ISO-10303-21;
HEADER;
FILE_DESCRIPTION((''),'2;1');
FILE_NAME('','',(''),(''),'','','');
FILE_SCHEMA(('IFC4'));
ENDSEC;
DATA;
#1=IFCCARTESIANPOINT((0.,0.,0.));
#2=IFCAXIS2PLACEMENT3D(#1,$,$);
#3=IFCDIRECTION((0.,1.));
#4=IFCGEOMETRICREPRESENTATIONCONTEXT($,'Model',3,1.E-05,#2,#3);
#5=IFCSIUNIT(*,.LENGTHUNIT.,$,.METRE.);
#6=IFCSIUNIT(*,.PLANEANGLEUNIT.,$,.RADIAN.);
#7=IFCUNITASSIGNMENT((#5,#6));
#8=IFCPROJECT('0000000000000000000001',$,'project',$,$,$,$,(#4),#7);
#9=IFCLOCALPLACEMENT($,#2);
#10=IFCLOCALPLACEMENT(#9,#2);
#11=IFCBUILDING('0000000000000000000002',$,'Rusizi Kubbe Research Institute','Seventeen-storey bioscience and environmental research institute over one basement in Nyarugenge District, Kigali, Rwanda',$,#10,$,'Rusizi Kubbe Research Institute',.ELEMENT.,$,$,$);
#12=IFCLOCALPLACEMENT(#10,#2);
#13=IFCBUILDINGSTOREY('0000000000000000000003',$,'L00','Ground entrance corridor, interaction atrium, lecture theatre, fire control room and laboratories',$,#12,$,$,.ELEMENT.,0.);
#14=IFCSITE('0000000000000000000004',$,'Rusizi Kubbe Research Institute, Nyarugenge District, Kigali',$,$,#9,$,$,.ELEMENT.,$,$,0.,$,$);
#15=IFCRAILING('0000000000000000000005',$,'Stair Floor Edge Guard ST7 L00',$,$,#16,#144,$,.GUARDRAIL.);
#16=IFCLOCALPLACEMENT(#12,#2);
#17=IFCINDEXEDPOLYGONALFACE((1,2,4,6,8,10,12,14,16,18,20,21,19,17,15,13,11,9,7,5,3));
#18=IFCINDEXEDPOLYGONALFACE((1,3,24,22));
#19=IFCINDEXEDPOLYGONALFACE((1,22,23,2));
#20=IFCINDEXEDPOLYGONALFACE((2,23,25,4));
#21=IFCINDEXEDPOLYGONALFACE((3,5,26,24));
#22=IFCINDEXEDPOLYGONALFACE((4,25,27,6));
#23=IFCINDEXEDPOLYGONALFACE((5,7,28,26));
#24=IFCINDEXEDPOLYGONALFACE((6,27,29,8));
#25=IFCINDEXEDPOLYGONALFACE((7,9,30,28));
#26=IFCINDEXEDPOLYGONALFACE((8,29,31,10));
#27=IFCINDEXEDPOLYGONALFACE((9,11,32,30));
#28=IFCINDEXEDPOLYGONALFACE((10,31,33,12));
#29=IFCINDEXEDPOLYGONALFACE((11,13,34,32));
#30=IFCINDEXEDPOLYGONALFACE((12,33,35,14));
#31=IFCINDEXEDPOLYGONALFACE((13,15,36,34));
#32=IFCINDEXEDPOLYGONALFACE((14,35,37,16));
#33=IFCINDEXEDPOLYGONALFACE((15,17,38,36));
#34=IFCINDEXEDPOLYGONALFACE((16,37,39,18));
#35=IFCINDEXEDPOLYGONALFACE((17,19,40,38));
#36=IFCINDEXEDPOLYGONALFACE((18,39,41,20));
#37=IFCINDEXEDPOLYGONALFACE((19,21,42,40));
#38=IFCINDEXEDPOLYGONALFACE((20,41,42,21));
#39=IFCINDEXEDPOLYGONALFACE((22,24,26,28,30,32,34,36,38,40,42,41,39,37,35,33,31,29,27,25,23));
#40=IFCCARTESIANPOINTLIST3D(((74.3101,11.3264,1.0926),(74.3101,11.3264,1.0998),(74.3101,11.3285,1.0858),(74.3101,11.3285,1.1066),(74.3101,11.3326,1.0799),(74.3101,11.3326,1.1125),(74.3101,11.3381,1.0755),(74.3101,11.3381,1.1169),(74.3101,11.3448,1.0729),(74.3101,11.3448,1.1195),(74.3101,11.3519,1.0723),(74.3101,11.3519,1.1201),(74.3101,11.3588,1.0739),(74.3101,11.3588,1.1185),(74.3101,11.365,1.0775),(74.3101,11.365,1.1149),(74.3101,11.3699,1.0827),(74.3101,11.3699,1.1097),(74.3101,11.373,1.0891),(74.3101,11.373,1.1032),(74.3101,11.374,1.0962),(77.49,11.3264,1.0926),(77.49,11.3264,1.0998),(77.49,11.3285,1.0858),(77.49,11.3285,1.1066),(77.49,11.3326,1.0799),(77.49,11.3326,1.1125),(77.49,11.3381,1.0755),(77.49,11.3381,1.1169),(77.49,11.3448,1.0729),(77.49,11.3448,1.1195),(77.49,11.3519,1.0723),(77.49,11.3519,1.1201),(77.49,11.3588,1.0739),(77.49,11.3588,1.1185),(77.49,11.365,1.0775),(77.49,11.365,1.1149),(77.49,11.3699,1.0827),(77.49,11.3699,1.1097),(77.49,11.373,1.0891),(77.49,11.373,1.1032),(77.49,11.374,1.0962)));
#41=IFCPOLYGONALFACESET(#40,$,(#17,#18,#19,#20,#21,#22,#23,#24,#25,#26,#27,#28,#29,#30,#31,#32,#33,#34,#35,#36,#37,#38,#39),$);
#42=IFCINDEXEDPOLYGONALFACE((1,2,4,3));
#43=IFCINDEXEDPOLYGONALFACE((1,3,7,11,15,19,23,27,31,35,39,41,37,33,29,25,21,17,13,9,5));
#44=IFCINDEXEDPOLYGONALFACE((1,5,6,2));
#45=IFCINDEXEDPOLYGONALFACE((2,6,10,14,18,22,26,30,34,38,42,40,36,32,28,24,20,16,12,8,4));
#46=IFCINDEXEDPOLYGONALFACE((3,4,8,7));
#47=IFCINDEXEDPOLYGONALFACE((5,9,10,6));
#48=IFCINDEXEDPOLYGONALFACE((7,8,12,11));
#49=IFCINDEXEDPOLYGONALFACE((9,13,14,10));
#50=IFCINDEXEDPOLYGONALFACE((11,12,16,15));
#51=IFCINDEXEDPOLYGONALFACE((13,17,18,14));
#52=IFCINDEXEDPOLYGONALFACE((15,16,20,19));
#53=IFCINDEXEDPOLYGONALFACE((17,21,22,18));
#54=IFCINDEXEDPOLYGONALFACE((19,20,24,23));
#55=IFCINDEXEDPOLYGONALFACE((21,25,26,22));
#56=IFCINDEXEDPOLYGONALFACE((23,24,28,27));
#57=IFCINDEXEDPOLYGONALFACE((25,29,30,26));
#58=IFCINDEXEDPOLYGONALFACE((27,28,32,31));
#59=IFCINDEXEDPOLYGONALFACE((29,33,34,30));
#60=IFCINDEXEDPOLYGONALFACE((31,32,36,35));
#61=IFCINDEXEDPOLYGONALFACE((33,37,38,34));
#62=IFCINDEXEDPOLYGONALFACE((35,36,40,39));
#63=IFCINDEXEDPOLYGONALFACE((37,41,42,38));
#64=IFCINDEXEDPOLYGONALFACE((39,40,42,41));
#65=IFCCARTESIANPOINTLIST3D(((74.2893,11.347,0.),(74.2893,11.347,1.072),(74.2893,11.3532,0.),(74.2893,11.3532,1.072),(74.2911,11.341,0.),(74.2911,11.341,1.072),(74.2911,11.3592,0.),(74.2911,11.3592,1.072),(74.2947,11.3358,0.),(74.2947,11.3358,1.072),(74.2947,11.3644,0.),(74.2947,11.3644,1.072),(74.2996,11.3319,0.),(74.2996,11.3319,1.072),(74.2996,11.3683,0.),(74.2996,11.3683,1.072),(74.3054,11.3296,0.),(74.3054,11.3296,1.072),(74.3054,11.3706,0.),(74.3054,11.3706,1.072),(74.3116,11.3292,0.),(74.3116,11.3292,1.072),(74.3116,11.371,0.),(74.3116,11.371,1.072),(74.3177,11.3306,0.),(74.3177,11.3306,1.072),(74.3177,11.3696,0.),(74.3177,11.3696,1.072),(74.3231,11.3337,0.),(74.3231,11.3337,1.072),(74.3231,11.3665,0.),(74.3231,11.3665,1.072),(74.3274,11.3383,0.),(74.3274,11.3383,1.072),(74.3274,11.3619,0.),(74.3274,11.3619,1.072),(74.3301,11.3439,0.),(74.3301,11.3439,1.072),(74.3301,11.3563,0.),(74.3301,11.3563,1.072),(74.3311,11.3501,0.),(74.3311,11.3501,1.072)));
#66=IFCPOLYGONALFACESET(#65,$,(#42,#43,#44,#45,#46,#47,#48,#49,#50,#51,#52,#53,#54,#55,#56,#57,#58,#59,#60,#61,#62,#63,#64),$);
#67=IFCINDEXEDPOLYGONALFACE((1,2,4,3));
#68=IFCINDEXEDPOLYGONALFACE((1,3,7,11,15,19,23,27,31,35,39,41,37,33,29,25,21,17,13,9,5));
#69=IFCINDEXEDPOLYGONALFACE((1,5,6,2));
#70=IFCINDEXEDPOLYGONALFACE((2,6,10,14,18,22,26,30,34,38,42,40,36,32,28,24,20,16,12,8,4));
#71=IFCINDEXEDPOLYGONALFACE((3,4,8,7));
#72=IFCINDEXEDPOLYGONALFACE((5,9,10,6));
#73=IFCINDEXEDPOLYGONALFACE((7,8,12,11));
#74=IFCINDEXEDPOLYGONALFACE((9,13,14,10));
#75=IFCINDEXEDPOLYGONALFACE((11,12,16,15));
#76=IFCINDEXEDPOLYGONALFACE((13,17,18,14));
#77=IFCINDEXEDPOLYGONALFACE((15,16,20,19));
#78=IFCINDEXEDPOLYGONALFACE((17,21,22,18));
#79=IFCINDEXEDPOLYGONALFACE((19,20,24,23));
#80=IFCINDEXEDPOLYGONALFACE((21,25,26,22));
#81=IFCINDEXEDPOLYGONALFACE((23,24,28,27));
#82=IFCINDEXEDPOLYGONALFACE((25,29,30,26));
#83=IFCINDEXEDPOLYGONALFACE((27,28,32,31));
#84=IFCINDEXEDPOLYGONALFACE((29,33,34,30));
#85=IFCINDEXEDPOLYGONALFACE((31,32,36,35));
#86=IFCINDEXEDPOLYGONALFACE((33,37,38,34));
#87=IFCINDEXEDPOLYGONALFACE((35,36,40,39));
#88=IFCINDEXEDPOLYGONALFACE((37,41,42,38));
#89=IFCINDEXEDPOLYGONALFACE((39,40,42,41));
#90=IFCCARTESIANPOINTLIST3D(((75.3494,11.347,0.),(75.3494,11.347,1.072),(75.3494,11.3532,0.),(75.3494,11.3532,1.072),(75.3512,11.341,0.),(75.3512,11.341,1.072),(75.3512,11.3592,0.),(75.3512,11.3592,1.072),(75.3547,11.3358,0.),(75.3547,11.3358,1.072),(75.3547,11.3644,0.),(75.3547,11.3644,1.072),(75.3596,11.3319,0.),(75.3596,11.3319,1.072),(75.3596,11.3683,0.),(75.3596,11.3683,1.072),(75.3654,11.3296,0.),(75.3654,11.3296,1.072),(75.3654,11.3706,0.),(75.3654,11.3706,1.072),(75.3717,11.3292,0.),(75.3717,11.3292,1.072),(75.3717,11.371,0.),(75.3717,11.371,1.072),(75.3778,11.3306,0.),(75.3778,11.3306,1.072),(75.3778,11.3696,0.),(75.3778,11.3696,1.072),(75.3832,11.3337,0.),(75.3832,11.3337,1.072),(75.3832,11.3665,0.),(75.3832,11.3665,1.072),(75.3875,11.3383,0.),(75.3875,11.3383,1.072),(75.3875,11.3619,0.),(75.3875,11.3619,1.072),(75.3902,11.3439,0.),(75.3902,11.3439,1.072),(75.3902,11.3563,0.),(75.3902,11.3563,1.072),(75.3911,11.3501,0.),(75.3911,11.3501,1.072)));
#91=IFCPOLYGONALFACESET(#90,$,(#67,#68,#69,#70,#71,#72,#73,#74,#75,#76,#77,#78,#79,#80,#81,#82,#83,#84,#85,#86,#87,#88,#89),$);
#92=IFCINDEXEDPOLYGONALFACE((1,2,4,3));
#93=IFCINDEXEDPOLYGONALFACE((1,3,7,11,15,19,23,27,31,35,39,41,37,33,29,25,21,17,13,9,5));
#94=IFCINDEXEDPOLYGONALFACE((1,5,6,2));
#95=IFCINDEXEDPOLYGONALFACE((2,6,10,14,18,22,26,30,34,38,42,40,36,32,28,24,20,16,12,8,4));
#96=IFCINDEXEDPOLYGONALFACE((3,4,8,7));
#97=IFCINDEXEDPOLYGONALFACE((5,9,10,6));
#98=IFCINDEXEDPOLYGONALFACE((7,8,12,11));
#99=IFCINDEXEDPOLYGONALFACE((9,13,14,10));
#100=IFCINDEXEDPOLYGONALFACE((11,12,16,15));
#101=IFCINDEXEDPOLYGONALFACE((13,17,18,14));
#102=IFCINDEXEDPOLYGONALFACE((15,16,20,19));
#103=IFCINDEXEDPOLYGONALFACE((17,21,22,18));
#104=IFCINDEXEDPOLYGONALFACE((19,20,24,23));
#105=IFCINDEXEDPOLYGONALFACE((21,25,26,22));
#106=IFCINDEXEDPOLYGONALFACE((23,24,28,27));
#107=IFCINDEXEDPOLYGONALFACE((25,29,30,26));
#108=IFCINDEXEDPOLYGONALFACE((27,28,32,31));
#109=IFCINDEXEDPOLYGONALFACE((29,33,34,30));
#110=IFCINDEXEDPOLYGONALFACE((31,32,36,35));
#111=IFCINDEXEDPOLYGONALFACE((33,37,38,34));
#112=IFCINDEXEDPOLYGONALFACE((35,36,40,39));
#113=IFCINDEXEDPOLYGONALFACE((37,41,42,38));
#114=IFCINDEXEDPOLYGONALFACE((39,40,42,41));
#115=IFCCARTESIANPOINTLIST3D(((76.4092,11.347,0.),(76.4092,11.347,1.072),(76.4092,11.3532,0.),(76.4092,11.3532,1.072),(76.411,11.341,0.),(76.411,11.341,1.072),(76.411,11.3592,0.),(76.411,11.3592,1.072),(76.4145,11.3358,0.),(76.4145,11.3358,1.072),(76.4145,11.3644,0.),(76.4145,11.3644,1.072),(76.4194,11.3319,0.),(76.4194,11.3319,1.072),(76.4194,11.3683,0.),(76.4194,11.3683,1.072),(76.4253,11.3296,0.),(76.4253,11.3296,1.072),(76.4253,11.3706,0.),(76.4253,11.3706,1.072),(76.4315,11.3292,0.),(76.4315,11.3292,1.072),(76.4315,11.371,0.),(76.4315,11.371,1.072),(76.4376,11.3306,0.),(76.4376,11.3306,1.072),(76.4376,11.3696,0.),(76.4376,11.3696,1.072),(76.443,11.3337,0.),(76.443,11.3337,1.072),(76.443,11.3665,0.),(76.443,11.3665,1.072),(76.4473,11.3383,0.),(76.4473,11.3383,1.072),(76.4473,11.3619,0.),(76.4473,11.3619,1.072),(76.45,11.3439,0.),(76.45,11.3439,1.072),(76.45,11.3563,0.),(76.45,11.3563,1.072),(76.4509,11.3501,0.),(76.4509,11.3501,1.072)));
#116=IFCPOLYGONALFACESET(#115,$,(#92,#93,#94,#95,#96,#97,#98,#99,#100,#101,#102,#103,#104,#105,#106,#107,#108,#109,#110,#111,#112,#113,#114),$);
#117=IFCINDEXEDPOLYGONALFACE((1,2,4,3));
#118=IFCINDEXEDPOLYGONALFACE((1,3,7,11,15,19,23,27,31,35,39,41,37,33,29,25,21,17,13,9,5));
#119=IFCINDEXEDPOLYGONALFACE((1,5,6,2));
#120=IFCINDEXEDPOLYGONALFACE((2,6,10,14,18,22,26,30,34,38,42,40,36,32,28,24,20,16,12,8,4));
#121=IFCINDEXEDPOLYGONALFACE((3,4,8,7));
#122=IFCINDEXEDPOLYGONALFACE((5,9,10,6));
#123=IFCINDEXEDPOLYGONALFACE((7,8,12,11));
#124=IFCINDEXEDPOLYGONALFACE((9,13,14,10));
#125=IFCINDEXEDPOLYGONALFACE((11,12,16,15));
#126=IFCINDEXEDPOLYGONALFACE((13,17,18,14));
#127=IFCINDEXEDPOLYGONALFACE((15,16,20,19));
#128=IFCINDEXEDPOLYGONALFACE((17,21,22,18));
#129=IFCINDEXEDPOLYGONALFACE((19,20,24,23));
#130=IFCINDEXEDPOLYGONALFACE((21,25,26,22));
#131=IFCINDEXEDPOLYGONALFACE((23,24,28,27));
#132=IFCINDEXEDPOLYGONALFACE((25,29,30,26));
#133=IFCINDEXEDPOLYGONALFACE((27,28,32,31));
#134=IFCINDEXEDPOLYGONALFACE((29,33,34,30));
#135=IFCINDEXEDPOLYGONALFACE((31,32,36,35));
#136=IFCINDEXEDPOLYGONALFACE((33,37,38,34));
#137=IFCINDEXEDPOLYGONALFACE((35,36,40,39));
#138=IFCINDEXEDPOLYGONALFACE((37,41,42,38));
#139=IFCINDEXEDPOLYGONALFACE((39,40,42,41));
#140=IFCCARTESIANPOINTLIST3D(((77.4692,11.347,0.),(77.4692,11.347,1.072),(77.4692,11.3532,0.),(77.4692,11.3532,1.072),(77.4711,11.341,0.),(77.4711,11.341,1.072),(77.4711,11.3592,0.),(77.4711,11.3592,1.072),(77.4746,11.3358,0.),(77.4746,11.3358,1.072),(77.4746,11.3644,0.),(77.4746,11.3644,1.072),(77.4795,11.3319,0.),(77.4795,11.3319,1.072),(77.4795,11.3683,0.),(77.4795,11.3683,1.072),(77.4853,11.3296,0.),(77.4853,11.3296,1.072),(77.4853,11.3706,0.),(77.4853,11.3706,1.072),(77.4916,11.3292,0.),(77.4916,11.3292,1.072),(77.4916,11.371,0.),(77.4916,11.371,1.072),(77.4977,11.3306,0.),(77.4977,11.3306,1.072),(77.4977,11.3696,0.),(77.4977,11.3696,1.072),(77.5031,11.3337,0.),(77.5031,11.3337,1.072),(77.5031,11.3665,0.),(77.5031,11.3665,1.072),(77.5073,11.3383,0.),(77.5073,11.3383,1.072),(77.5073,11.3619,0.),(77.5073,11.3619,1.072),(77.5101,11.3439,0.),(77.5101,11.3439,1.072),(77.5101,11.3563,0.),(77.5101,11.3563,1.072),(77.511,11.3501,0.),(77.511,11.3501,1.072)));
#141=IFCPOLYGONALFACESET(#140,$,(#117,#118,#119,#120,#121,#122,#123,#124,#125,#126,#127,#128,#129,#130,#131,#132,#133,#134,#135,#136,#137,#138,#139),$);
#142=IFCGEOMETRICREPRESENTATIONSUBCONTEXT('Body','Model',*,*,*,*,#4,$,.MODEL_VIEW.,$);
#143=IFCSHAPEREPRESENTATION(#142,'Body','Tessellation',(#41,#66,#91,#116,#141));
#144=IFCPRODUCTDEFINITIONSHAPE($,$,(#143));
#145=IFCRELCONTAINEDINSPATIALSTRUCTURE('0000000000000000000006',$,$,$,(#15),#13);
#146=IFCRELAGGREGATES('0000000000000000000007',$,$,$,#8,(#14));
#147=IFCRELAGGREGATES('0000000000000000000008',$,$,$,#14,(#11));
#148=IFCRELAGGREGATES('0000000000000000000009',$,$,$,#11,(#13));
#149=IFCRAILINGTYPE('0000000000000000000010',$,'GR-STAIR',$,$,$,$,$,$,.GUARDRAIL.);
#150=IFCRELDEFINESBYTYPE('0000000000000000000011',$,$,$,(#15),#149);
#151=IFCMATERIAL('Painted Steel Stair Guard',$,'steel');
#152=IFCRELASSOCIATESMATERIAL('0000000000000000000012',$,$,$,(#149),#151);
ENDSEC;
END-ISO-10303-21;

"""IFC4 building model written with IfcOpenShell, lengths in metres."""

from ifc_helpers import new_model, si_unit, direction, frame, origin, origin_2d, place, context, subcontext, project, spatial, circle, extrude, material, type_object, element, save


model = new_model("IFC4")

# Units and contexts
model_context = context("Model", 3, precision=1e-05, world=origin(), true_north=direction((0.0, 1.0)))
body_context = subcontext(model_context, "Body", "Model", "MODEL_VIEW")
ifc_project = project(units=[si_unit("LENGTHUNIT", "METRE"), si_unit("PLANEANGLEUNIT", "RADIAN")], contexts=[model_context])

# Site, building, storey
site_placement = place(None, origin())
site = spatial("IfcSite", under=ifc_project, at=site_placement, Name="Rusizi Kubbe Research Institute, Nyarugenge District, Kigali", CompositionType="ELEMENT", RefElevation=0.0)
building_placement = place(site_placement, origin())
building = spatial("IfcBuilding", under=site, at=building_placement, Name="Rusizi Kubbe Research Institute", Description="Seventeen-storey bioscience and environmental research institute over one basement in Nyarugenge District, Kigali, Rwanda", LongName="Rusizi Kubbe Research Institute", CompositionType="ELEMENT")
storey_placement = place(building_placement, origin())
storey = spatial("IfcBuildingStorey", under=building, at=storey_placement, Name="L00", Description="Ground entrance corridor, interaction atrium, lecture theatre, fire control room and laboratories", CompositionType="ELEMENT", Elevation=0.0)

# Railing
ifc_material_1 = material(Name="Painted Steel Stair Guard", Category="steel")
railing_type_1 = type_object("IfcRailingType", Name="GR-STAIR", PredefinedType="GUARDRAIL", material=ifc_material_1)
railing_1_placement = place(storey_placement, frame((74.3101, 11.3501, 0.0)))
element("IfcRailing", 1, at=railing_1_placement, inside=storey, type_object=railing_type_1, Name="Stair Floor Edge Guard ST7 L00", PredefinedType="GUARDRAIL", context=body_context, shape_type="SweptSolid", body=[
    extrude(circle(Radius=0.0239, at=origin_2d()), frame((0.0, 0.0, 1.0962), z_axis=(1.0, 0.0, 0.0), x_axis=(0.0, 1.0, 0.0)), (0.0, 0.0, 1.0), 3.1799),
    extrude(circle(Radius=0.021, at=origin_2d()), origin(), (0.0, 0.0, 1.0), 1.072),
    extrude(circle(Radius=0.021, at=origin_2d()), frame((1.0601, 0.0, 0.0)), (0.0, 0.0, 1.0), 1.072),
    extrude(circle(Radius=0.021, at=origin_2d()), frame((2.1199, 0.0, 0.0)), (0.0, 0.0, 1.0), 1.072),
    extrude(circle(Radius=0.021, at=origin_2d()), frame((3.1799, 0.0, 0.0)), (0.0, 0.0, 1.0), 1.072),
])

save(model, "model.ifc")
